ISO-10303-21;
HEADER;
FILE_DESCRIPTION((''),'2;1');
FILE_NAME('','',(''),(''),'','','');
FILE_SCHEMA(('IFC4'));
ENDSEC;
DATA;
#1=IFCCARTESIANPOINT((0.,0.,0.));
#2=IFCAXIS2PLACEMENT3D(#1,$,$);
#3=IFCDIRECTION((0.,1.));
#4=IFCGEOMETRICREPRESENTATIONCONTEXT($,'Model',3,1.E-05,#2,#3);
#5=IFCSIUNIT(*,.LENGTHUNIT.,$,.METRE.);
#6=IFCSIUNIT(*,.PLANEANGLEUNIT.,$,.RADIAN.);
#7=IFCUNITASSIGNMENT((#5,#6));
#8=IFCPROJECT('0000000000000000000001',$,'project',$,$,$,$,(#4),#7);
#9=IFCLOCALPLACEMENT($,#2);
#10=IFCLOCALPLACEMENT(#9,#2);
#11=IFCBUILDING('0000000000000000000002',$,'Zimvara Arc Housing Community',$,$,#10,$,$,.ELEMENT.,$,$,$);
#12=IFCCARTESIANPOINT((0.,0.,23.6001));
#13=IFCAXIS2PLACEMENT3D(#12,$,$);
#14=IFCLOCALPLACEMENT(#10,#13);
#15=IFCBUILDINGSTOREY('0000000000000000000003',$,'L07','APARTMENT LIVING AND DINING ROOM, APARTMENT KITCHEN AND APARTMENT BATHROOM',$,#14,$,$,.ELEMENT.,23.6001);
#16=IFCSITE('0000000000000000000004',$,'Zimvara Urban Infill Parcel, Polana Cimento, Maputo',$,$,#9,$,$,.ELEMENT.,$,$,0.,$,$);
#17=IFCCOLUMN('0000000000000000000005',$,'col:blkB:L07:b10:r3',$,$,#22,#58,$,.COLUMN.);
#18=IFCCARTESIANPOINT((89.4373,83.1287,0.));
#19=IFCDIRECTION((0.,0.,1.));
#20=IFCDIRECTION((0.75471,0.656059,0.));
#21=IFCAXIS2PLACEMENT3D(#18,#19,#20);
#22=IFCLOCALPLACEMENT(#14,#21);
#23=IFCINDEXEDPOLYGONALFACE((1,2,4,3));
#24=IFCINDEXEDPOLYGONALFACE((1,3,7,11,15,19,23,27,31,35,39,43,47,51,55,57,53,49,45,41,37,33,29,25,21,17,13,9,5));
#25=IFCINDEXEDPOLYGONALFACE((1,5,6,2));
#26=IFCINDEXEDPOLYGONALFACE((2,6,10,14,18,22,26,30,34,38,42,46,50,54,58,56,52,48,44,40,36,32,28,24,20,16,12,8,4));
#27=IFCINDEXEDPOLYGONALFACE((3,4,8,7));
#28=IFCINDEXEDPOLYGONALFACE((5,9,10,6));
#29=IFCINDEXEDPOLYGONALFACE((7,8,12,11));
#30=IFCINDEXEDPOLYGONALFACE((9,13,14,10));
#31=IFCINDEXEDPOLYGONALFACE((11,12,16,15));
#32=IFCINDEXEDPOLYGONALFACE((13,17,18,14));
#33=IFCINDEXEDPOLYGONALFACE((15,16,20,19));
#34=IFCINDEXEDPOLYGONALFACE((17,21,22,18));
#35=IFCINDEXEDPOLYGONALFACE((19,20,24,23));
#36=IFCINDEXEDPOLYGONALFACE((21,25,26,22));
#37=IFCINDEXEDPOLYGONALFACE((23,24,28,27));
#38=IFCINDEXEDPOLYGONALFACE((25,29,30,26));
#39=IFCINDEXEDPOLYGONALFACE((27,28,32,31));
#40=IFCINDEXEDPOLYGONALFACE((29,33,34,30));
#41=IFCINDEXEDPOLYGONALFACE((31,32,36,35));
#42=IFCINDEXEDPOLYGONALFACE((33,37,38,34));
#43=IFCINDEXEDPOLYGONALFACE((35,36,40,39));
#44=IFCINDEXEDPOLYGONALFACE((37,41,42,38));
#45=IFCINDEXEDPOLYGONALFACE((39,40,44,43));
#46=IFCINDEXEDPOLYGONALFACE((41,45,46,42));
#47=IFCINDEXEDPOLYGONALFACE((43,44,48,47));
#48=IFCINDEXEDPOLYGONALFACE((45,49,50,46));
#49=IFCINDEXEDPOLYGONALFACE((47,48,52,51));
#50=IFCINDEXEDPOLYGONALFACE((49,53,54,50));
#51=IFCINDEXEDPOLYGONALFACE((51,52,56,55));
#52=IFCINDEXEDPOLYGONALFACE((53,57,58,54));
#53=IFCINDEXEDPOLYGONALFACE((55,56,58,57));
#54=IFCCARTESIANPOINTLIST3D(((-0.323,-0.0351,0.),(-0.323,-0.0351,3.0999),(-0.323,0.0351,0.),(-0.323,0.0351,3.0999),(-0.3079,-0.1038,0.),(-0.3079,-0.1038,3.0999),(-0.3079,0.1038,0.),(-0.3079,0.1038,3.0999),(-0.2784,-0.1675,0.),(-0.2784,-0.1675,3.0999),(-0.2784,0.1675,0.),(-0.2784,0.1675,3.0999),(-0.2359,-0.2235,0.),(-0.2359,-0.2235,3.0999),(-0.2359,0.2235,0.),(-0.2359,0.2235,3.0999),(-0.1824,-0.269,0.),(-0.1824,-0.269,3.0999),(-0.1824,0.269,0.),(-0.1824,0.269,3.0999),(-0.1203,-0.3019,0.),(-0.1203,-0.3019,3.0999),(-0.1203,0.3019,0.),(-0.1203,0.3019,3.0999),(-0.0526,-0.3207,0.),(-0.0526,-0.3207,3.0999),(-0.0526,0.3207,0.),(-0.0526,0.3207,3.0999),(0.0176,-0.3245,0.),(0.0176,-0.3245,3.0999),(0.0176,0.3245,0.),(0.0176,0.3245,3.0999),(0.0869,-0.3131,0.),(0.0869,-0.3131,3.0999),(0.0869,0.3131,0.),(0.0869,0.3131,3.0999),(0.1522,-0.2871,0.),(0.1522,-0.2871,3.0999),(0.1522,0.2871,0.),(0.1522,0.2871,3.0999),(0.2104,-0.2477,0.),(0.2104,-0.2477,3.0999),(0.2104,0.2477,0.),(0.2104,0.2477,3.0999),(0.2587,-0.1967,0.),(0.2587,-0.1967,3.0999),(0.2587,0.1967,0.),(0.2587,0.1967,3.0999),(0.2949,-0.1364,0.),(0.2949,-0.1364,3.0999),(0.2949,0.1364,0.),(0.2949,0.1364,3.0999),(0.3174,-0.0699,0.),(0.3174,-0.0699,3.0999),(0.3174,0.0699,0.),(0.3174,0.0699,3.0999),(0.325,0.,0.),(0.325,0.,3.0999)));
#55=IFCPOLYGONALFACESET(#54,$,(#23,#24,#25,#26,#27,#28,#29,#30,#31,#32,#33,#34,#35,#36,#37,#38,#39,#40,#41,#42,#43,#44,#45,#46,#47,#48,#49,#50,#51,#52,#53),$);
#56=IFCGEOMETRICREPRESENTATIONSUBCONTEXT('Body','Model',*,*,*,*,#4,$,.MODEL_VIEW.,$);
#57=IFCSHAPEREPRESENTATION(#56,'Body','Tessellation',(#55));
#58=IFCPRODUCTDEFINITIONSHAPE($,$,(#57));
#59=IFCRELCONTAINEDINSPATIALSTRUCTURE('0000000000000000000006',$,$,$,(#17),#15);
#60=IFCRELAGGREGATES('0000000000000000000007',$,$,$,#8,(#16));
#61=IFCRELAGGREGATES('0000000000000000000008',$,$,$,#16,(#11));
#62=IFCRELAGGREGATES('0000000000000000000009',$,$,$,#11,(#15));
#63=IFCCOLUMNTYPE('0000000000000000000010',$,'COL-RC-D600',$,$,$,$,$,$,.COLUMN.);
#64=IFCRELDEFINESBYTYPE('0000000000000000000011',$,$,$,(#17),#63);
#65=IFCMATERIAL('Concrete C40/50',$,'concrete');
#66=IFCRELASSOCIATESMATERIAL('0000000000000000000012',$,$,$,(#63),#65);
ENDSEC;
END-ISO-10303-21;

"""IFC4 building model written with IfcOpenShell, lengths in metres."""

from ifc_helpers import new_model, si_unit, direction, frame, origin, origin_2d, place, context, subcontext, project, spatial, circle, extrude, material, material_profile, profile_set, type_object, element, save


model = new_model("IFC4")

# Units and contexts
model_context = context("Model", 3, precision=1e-05, world=origin(), true_north=direction((0.0, 1.0)))
body_context = subcontext(model_context, "Body", "Model", "MODEL_VIEW")
ifc_project = project(units=[si_unit("LENGTHUNIT", "METRE"), si_unit("PLANEANGLEUNIT", "RADIAN")], contexts=[model_context])

# Site, building, storey
site_placement = place(None, origin())
site = spatial("IfcSite", under=ifc_project, at=site_placement, Name="Zimvara Urban Infill Parcel, Polana Cimento, Maputo", CompositionType="ELEMENT", RefElevation=0.0)
building_placement = place(site_placement, origin())
building = spatial("IfcBuilding", under=site, at=building_placement, Name="Zimvara Arc Housing Community", CompositionType="ELEMENT")
storey_placement = place(building_placement, frame((0.0, 0.0, 23.6001)))
storey = spatial("IfcBuildingStorey", under=building, at=storey_placement, Name="L07", Description="APARTMENT LIVING AND DINING ROOM, APARTMENT KITCHEN AND APARTMENT BATHROOM", CompositionType="ELEMENT", Elevation=23.6001)

# Column
ifc_material_1 = material(Name="Concrete C40/50", Category="concrete")
ifc_material_profile_1 = material_profile(ifc_material_1, circle(Radius=0.325, at=origin_2d()), Name="RC D650")
ifc_profile_set_1 = profile_set([ifc_material_profile_1], Name="Concrete C40/50")
column_type_1 = type_object("IfcColumnType", Name="COL-RC-D600", PredefinedType="COLUMN", material=ifc_profile_set_1)
column_1_placement = place(storey_placement, frame((89.4373, 83.1287, 0.0), z_axis=(0.0, 0.0, 1.0), x_axis=(0.75471, 0.656059, 0.0)))
element("IfcColumn", 1, at=column_1_placement, inside=storey, type_object=column_type_1, Name="col:blkB:L07:b10:r3", PredefinedType="COLUMN", context=body_context, shape_type="SweptSolid", body=[
    extrude(circle(Radius=0.325, at=origin_2d()), origin(), (0.0, 0.0, 1.0), 3.0999),
])

save(model, "model.ifc")
